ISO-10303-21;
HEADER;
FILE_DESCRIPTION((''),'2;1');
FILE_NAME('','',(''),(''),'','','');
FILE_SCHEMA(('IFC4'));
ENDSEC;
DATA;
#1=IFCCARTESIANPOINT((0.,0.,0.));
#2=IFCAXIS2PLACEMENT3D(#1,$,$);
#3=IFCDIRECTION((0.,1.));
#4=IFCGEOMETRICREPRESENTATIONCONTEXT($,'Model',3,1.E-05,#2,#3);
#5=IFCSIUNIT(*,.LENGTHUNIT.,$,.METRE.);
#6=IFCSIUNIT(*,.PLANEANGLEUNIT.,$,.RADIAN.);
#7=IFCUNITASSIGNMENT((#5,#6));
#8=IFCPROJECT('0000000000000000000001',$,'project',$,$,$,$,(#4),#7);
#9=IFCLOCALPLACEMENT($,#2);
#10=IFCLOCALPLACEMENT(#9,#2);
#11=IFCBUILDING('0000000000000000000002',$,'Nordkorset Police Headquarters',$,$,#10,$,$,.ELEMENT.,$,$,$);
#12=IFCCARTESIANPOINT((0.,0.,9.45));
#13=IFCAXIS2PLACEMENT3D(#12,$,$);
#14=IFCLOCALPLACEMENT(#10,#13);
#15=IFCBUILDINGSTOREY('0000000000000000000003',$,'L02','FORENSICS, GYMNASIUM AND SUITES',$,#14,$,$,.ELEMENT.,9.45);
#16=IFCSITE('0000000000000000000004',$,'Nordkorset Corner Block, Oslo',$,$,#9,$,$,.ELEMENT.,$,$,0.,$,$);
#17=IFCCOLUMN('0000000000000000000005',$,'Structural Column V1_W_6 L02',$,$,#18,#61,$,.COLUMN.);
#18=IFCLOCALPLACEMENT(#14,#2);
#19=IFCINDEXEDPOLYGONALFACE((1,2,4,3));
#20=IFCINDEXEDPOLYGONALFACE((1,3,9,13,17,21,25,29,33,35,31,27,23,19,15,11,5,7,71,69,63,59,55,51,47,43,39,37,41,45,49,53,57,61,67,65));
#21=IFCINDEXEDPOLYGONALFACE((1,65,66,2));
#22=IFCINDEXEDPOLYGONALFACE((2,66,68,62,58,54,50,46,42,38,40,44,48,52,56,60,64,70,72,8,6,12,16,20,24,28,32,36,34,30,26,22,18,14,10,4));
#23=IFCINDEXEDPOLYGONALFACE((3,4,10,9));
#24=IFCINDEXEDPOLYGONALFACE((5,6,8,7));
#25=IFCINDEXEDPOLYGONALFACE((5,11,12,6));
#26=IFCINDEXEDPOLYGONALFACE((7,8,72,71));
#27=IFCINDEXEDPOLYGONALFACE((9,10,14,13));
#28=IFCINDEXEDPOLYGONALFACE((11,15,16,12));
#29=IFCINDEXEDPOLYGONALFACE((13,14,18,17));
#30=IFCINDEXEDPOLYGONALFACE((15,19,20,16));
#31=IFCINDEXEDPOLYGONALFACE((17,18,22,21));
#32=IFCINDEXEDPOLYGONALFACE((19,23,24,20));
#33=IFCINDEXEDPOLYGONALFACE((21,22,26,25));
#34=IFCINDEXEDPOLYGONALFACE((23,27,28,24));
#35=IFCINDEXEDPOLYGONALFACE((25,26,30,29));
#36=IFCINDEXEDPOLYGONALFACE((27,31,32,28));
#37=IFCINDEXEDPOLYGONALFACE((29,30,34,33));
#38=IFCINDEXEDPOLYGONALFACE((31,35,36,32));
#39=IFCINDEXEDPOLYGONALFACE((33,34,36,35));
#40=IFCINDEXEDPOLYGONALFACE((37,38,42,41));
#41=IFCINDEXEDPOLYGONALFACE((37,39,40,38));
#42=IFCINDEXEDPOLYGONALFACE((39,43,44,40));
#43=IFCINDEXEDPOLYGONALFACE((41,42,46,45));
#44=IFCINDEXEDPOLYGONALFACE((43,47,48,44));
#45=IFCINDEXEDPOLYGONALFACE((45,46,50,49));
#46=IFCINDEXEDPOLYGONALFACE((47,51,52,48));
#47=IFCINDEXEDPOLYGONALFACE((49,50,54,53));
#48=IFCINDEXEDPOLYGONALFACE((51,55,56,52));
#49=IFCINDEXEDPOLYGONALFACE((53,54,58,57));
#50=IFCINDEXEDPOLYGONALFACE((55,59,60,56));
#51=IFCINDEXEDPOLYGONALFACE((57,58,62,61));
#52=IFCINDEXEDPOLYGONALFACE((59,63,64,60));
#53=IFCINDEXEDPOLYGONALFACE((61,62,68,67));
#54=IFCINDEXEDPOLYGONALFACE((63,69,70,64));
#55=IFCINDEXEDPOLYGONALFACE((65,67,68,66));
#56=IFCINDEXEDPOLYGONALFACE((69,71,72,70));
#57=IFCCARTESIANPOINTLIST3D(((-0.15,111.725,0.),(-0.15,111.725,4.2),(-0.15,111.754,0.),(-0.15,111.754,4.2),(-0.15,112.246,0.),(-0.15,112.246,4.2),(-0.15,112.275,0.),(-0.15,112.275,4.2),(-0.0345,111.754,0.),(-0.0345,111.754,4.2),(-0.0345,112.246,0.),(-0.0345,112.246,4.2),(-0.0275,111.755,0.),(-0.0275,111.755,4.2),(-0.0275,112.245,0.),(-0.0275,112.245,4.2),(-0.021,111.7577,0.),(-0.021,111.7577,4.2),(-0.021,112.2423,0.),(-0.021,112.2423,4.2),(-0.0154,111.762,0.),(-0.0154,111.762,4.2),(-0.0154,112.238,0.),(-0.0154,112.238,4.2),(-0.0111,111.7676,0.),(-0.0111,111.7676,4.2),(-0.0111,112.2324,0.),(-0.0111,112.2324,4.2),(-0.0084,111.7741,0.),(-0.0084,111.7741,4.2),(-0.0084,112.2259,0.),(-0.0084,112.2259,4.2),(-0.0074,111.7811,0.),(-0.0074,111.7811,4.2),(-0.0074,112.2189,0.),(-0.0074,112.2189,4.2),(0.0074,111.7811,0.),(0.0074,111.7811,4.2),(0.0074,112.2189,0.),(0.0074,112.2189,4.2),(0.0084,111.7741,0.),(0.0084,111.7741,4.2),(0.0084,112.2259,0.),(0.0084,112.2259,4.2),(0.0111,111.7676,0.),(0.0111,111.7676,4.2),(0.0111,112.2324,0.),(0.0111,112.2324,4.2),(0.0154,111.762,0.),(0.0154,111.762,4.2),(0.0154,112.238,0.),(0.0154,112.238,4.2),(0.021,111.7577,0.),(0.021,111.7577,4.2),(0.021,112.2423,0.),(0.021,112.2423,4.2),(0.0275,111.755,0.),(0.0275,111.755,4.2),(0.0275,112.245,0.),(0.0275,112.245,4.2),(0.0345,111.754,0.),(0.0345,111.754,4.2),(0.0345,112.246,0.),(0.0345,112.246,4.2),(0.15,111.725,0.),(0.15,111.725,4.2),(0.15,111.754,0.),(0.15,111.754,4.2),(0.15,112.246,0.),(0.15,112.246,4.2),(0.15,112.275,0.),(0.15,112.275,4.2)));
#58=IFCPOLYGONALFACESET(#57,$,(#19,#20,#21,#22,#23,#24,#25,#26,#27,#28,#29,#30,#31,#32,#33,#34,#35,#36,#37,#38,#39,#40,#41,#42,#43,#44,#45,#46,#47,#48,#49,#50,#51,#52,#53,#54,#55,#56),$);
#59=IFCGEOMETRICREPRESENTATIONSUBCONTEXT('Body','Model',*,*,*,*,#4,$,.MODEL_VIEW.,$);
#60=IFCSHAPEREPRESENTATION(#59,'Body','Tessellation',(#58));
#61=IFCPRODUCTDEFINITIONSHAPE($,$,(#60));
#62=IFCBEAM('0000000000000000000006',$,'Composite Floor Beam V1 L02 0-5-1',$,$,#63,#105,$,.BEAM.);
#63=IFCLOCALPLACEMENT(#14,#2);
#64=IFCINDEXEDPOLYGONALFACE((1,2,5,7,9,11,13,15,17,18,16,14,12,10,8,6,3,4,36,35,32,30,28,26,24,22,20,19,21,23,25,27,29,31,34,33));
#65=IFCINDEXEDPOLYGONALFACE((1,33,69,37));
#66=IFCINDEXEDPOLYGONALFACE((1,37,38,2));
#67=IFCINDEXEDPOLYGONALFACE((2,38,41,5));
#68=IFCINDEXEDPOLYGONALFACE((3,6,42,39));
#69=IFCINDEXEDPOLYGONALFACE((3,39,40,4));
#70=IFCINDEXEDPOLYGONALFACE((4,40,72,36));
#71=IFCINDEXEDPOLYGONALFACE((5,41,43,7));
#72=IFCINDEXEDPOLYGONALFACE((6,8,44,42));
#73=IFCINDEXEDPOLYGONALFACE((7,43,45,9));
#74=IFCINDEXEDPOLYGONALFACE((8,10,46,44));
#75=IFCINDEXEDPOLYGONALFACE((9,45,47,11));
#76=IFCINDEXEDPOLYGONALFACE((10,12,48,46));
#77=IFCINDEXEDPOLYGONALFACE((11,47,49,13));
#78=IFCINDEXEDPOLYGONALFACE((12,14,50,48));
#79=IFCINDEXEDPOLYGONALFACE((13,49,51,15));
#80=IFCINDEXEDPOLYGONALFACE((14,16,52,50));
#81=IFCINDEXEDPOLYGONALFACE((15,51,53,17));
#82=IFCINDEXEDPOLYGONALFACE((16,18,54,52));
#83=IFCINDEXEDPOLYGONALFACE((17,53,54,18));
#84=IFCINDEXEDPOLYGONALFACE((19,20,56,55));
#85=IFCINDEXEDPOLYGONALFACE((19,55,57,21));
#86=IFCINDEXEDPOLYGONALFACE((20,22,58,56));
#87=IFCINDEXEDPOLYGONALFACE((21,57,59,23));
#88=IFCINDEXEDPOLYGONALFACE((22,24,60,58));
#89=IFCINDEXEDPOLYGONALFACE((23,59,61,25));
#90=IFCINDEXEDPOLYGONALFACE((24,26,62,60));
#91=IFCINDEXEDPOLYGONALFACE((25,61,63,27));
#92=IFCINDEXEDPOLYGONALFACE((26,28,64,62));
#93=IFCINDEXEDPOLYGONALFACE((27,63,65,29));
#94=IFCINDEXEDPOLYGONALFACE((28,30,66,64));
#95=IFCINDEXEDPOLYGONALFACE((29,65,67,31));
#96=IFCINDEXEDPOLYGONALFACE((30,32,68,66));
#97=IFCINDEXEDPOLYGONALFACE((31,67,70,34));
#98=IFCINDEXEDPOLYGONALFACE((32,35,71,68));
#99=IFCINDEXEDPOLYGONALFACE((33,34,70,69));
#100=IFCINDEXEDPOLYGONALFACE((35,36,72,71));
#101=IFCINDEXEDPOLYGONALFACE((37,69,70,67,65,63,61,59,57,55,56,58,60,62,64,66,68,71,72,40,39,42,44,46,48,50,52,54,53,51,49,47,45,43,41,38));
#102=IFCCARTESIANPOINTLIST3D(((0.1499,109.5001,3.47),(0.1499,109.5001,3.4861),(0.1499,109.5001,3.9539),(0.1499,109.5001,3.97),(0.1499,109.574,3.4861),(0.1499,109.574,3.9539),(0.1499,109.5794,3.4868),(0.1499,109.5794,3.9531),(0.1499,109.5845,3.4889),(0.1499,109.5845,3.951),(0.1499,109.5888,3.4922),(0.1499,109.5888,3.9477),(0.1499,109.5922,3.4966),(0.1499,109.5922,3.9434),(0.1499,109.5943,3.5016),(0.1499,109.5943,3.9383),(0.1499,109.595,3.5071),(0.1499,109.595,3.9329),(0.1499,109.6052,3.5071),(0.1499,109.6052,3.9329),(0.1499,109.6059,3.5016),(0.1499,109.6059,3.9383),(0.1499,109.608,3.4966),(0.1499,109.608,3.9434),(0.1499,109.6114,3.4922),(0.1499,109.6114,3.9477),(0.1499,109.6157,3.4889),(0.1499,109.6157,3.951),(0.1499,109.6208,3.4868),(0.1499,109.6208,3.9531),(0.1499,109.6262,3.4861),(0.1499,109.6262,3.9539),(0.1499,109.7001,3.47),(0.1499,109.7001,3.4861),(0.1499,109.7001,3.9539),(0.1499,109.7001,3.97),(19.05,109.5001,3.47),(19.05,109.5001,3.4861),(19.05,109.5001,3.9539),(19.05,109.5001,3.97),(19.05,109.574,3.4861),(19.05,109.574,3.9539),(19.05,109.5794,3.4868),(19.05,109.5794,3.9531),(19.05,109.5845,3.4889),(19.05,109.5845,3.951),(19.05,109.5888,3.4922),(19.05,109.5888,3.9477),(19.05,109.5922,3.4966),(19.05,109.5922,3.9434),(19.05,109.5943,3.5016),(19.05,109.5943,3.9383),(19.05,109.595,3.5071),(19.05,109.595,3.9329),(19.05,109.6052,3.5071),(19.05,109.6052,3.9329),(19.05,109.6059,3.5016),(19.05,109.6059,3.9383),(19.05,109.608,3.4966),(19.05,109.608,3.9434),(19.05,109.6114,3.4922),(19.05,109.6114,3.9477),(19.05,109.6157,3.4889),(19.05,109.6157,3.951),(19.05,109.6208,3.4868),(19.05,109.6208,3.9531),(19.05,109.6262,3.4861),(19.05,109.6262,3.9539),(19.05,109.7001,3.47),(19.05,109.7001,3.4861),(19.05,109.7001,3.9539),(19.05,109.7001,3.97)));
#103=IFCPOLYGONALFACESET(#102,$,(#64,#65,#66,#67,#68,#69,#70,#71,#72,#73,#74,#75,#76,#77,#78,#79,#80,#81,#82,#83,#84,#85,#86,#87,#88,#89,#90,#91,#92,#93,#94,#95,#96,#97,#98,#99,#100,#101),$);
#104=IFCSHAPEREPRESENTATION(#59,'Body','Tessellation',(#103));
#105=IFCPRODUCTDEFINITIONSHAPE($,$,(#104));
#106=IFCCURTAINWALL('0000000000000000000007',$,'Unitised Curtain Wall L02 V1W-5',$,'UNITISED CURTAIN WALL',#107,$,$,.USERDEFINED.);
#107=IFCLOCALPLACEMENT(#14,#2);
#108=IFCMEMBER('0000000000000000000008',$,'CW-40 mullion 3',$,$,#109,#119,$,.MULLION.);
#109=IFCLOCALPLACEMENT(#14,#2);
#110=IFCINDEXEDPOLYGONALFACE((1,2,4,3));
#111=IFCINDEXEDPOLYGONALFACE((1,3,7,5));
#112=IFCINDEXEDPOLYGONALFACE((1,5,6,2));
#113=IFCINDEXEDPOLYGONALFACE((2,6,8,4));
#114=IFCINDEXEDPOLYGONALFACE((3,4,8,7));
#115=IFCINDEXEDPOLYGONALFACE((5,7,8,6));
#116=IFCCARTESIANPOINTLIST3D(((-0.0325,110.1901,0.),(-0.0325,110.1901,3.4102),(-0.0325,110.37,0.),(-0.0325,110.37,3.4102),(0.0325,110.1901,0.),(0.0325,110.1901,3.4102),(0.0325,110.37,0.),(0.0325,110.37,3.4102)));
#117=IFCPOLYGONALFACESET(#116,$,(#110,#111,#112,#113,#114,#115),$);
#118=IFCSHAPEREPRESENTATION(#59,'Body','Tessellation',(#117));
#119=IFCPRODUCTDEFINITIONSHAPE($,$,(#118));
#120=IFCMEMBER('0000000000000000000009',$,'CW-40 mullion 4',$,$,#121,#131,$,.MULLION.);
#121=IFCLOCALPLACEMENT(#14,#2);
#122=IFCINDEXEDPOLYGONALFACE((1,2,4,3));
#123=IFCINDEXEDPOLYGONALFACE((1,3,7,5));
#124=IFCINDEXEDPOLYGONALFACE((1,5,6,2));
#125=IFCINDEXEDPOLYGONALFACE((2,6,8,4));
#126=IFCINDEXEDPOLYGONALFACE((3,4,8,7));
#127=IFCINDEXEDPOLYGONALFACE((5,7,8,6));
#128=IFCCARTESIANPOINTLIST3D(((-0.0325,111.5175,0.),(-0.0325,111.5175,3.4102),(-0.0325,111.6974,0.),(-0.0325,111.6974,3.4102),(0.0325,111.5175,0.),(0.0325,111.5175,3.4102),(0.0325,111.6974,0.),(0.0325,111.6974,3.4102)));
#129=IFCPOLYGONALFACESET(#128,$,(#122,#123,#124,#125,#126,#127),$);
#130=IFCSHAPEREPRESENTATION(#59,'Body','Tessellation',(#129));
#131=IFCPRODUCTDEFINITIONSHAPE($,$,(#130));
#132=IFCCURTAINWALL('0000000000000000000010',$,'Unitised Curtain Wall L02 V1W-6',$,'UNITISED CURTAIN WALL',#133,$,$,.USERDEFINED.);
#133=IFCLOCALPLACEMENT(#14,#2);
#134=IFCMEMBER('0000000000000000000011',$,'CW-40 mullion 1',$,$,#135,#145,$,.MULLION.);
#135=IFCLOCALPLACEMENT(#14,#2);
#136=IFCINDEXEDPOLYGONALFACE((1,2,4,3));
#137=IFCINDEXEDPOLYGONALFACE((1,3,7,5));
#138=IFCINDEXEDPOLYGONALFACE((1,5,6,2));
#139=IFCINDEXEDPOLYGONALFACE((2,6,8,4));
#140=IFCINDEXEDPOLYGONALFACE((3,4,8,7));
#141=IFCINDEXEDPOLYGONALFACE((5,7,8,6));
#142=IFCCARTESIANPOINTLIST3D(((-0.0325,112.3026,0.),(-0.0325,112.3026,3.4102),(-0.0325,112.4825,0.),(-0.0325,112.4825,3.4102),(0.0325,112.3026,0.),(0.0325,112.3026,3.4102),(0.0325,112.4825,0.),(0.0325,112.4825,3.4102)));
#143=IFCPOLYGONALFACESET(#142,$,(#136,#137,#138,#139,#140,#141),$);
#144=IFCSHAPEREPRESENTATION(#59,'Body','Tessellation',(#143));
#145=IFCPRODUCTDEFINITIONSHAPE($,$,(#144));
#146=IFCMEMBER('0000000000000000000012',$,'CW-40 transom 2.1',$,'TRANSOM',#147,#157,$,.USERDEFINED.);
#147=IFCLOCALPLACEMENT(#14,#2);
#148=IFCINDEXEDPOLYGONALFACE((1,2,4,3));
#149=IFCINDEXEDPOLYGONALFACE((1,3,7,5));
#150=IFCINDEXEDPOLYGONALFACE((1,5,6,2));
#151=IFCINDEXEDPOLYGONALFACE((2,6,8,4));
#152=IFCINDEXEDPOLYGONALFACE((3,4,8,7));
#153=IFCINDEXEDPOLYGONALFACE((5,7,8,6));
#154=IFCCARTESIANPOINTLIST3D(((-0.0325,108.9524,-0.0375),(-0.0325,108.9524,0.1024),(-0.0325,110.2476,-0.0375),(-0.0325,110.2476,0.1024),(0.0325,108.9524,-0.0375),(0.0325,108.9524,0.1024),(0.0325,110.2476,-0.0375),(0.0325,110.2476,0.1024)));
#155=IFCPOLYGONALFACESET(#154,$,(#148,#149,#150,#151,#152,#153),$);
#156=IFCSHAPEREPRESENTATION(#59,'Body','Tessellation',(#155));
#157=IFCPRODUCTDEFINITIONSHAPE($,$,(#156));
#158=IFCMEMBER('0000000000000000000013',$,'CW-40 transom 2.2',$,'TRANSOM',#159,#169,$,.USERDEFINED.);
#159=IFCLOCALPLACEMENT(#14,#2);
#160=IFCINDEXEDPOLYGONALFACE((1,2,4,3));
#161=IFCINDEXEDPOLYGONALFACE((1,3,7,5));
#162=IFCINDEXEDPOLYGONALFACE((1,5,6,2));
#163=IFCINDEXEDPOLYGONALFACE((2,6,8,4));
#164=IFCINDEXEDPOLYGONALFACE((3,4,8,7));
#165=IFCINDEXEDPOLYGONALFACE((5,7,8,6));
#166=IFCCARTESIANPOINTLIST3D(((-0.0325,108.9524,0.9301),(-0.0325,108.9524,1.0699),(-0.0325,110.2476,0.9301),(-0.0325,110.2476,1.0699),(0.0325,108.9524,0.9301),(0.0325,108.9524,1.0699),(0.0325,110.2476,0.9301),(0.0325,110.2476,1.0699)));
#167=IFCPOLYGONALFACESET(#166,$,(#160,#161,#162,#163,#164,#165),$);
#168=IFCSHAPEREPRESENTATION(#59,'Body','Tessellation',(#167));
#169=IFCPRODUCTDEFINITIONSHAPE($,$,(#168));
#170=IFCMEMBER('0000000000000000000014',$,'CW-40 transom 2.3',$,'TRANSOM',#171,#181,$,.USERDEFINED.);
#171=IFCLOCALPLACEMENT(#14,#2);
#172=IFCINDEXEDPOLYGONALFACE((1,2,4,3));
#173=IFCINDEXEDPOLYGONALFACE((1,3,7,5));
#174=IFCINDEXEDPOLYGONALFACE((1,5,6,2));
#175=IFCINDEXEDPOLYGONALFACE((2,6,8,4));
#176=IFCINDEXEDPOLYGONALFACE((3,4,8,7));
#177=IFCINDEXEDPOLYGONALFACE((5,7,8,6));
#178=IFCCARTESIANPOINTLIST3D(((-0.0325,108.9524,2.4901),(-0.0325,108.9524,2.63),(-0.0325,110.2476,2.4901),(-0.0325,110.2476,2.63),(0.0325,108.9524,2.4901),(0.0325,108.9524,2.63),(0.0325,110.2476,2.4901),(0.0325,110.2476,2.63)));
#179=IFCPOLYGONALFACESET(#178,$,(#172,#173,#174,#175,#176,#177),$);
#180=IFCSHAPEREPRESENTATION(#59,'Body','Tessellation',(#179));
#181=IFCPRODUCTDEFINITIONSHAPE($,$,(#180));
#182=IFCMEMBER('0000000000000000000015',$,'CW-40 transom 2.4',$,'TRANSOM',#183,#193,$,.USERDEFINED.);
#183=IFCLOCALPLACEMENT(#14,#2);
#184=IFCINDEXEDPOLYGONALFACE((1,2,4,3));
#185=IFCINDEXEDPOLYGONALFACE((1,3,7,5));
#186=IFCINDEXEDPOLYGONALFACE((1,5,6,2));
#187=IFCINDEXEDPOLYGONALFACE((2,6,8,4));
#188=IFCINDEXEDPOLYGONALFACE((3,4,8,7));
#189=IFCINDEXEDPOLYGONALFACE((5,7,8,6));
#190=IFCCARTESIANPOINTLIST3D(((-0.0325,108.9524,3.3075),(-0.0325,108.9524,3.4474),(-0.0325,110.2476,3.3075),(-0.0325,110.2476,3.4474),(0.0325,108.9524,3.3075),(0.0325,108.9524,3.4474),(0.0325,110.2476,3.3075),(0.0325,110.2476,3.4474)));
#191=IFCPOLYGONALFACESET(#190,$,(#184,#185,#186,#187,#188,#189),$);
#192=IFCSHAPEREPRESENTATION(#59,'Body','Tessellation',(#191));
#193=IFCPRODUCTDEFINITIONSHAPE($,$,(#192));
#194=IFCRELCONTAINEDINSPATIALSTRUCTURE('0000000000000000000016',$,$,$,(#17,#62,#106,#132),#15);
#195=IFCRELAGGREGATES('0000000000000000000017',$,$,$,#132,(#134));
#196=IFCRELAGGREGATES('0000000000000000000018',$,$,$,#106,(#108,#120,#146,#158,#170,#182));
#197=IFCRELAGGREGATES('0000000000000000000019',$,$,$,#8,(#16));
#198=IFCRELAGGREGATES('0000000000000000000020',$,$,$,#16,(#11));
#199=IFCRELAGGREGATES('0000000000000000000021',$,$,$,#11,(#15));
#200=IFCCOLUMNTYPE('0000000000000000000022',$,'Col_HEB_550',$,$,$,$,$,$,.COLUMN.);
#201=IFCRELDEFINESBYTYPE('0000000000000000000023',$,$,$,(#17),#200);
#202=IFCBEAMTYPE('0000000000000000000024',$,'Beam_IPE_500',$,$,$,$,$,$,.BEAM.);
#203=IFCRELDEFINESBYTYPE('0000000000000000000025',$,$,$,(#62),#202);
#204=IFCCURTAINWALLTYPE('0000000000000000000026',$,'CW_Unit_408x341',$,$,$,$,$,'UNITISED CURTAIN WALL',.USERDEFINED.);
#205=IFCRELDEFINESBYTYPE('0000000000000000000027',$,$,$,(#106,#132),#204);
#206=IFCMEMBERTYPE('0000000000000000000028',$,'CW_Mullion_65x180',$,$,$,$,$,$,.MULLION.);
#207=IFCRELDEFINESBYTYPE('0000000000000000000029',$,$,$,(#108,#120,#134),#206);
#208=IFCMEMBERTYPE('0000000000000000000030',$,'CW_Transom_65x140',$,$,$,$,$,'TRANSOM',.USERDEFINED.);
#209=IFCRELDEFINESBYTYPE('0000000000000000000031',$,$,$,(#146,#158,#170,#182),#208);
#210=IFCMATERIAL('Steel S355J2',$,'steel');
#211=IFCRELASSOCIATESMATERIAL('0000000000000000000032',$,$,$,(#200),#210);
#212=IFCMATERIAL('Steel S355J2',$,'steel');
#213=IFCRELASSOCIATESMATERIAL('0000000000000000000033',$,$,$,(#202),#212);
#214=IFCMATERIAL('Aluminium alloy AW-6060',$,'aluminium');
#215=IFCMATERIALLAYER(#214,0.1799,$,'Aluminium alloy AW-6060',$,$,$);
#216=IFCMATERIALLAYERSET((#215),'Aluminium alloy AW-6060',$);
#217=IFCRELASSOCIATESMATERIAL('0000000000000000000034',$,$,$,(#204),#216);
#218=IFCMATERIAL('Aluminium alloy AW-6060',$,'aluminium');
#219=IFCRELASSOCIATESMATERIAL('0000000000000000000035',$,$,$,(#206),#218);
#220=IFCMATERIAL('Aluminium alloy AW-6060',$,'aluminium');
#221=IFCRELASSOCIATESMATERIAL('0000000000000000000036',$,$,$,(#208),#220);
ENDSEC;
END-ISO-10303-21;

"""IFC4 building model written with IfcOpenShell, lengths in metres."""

from ifc_helpers import new_model, si_unit, direction, frame, origin, origin_2d, place, context, subcontext, project, spatial, rectangle, i_section, extrude, material, layer, layer_set, material_profile, profile_set, type_object, element, aggregate, save


model = new_model("IFC4")

# Units and contexts
model_context = context("Model", 3, precision=1e-05, world=origin(), true_north=direction((0.0, 1.0)))
body_context = subcontext(model_context, "Body", "Model", "MODEL_VIEW")
ifc_project = project(units=[si_unit("LENGTHUNIT", "METRE"), si_unit("PLANEANGLEUNIT", "RADIAN")], contexts=[model_context])

# Site, building, storey
site_placement = place(None, origin())
site = spatial("IfcSite", under=ifc_project, at=site_placement, Name="Nordkorset Corner Block, Oslo", CompositionType="ELEMENT", RefElevation=0.0)
building_placement = place(site_placement, origin())
building = spatial("IfcBuilding", under=site, at=building_placement, Name="Nordkorset Police Headquarters", CompositionType="ELEMENT")
storey_placement = place(building_placement, frame((0.0, 0.0, 9.45)))
storey = spatial("IfcBuildingStorey", under=building, at=storey_placement, Name="L02", Description="FORENSICS, GYMNASIUM AND SUITES", CompositionType="ELEMENT", Elevation=9.45)

# Column
ifc_material_1 = material(Name="Steel S355J2", Category="steel")
ifc_material_profile_1 = material_profile(ifc_material_1, i_section(OverallWidth=0.3, OverallDepth=0.55, WebThickness=0.0149, FlangeThickness=0.0291, FilletRadius=0.0271, at=origin_2d()), Name="HEB 550")
ifc_profile_set_1 = profile_set([ifc_material_profile_1], Name="Steel S355J2")
column_type = type_object("IfcColumnType", Name="Col_HEB_550", PredefinedType="COLUMN", material=ifc_profile_set_1)
column_placement = place(storey_placement, frame((0.0, 112.0, 0.0), z_axis=(0.0, 0.0, 1.0), x_axis=(1.0, 0.0, 0.0)))
element("IfcColumn", 1, at=column_placement, inside=storey, type_object=column_type, Name="Structural Column V1_W_6 L02", PredefinedType="COLUMN", context=body_context, shape_type="SweptSolid", body=[
    extrude(i_section(OverallWidth=0.3, OverallDepth=0.55, WebThickness=0.0149, FlangeThickness=0.0291, FilletRadius=0.0271, at=origin_2d()), origin(), (0.0, 0.0, 1.0), 4.2),
])

# Beam
ifc_material_2 = material(Name="Steel S355J2", Category="steel")
ifc_material_profile_2 = material_profile(ifc_material_2, i_section(OverallWidth=0.2, OverallDepth=0.5, WebThickness=0.0103, FlangeThickness=0.0161, FilletRadius=0.021, at=origin_2d()), Name="IPE 500")
ifc_profile_set_2 = profile_set([ifc_material_profile_2], Name="Steel S355J2")
beam_type_1 = type_object("IfcBeamType", Name="Beam_IPE_500", PredefinedType="BEAM", material=ifc_profile_set_2)
beam_1_placement = place(storey_placement, frame((0.1499, 109.6001, 3.72), z_axis=(1.0, 0.0, 0.0), x_axis=(0.0, 1.0, 0.0)))
element("IfcBeam", 2, at=beam_1_placement, inside=storey, type_object=beam_type_1, Name="Composite Floor Beam V1 L02 0-5-1", PredefinedType="BEAM", context=body_context, shape_type="SweptSolid", body=[
    extrude(i_section(OverallWidth=0.2, OverallDepth=0.5, WebThickness=0.0103, FlangeThickness=0.0161, FilletRadius=0.021, at=origin_2d()), origin(), (0.0, 0.0, 1.0), 18.9001),
])

# Curtain wall, members
ifc_material_3 = material(Name="Aluminium alloy AW-6060", Category="aluminium")
ifc_layer_1 = layer(ifc_material_3, 0.1799, Name="Aluminium alloy AW-6060")
ifc_layer_set_1 = layer_set([ifc_layer_1], Name="Aluminium alloy AW-6060")
curtain_wall_type = type_object("IfcCurtainWallType", Name="CW_Unit_408x341", ElementType="UNITISED CURTAIN WALL", PredefinedType="USERDEFINED", material=ifc_layer_set_1)
curtain_wall_1_placement = place(storey_placement, origin())
curtain_wall_1 = element("IfcCurtainWall", 3, at=curtain_wall_1_placement, inside=storey, type_object=curtain_wall_type, Name="Unitised Curtain Wall L02 V1W-5", ObjectType="UNITISED CURTAIN WALL", PredefinedType="USERDEFINED")
ifc_material_4 = material(Name="Aluminium alloy AW-6060", Category="aluminium")
ifc_material_profile_3 = material_profile(ifc_material_4, rectangle(XDim=0.0649, YDim=0.1799, at=origin_2d()), Name="ALU MULL 65x180")
ifc_profile_set_3 = profile_set([ifc_material_profile_3], Name="Aluminium alloy AW-6060")
member_type_1 = type_object("IfcMemberType", Name="CW_Mullion_65x180", PredefinedType="MULLION", material=ifc_profile_set_3)
member_1_placement = place(storey_placement, frame((0.0, 110.28, 0.0), z_axis=(0.0, 0.0, 1.0), x_axis=(-1.0, 0.0, 0.0)))
member_1 = element("IfcMember", 4, at=member_1_placement, type_object=member_type_1, Name="CW-40 mullion 3", PredefinedType="MULLION", context=body_context, shape_type="SweptSolid", body=[
    extrude(rectangle(XDim=0.0649, YDim=0.1799, at=origin_2d()), origin(), (0.0, 0.0, 1.0), 3.4102),
])
member_2_placement = place(storey_placement, frame((0.0, 111.6074, 0.0), z_axis=(0.0, 0.0, 1.0), x_axis=(-1.0, 0.0, 0.0)))
member_2 = element("IfcMember", 5, at=member_2_placement, type_object=member_type_1, Name="CW-40 mullion 4", PredefinedType="MULLION", context=body_context, shape_type="SweptSolid", body=[
    extrude(rectangle(XDim=0.0649, YDim=0.1799, at=origin_2d()), origin(), (0.0, 0.0, 1.0), 3.4102),
])

# Curtain wall, member
curtain_wall_2_placement = place(storey_placement, origin())
curtain_wall_2 = element("IfcCurtainWall", 6, at=curtain_wall_2_placement, inside=storey, type_object=curtain_wall_type, Name="Unitised Curtain Wall L02 V1W-6", ObjectType="UNITISED CURTAIN WALL", PredefinedType="USERDEFINED")
member_3_placement = place(storey_placement, frame((0.0, 112.3926, 0.0), z_axis=(0.0, 0.0, 1.0), x_axis=(-1.0, 0.0, 0.0)))
member_3 = element("IfcMember", 7, at=member_3_placement, type_object=member_type_1, Name="CW-40 mullion 1", PredefinedType="MULLION", context=body_context, shape_type="SweptSolid", body=[
    extrude(rectangle(XDim=0.0649, YDim=0.1799, at=origin_2d()), origin(), (0.0, 0.0, 1.0), 3.4102),
])

# Members
ifc_material_5 = material(Name="Aluminium alloy AW-6060", Category="aluminium")
ifc_material_profile_4 = material_profile(ifc_material_5, rectangle(XDim=0.0649, YDim=0.1399, at=origin_2d()), Name="ALU TRAN 65x140")
ifc_profile_set_4 = profile_set([ifc_material_profile_4], Name="Aluminium alloy AW-6060")
member_type_2 = type_object("IfcMemberType", Name="CW_Transom_65x140", ElementType="TRANSOM", PredefinedType="USERDEFINED", material=ifc_profile_set_4)
member_4_placement = place(storey_placement, frame((0.0, 108.9524, 0.0325), z_axis=(0.0, 1.0, 0.0), x_axis=(-1.0, 0.0, 0.0)))
member_4 = element("IfcMember", 8, at=member_4_placement, type_object=member_type_2, Name="CW-40 transom 2.1", ObjectType="TRANSOM", PredefinedType="USERDEFINED", context=body_context, shape_type="SweptSolid", body=[
    extrude(rectangle(XDim=0.0649, YDim=0.1399, at=origin_2d()), origin(), (0.0, 0.0, 1.0), 1.2952),
])
member_5_placement = place(storey_placement, frame((0.0, 108.9524, 1.0), z_axis=(0.0, 1.0, 0.0), x_axis=(-1.0, 0.0, 0.0)))
member_5 = element("IfcMember", 9, at=member_5_placement, type_object=member_type_2, Name="CW-40 transom 2.2", ObjectType="TRANSOM", PredefinedType="USERDEFINED", context=body_context, shape_type="SweptSolid", body=[
    extrude(rectangle(XDim=0.0649, YDim=0.1399, at=origin_2d()), origin(), (0.0, 0.0, 1.0), 1.2952),
])
member_6_placement = place(storey_placement, frame((0.0, 108.9524, 2.5601), z_axis=(0.0, 1.0, 0.0), x_axis=(-1.0, 0.0, 0.0)))
member_6 = element("IfcMember", 10, at=member_6_placement, type_object=member_type_2, Name="CW-40 transom 2.3", ObjectType="TRANSOM", PredefinedType="USERDEFINED", context=body_context, shape_type="SweptSolid", body=[
    extrude(rectangle(XDim=0.0649, YDim=0.1399, at=origin_2d()), origin(), (0.0, 0.0, 1.0), 1.2952),
])
member_7_placement = place(storey_placement, frame((0.0, 108.9524, 3.3774), z_axis=(0.0, 1.0, 0.0), x_axis=(-1.0, 0.0, 0.0)))
member_7 = element("IfcMember", 11, at=member_7_placement, type_object=member_type_2, Name="CW-40 transom 2.4", ObjectType="TRANSOM", PredefinedType="USERDEFINED", context=body_context, shape_type="SweptSolid", body=[
    extrude(rectangle(XDim=0.0649, YDim=0.1399, at=origin_2d()), origin(), (0.0, 0.0, 1.0), 1.2952),
])
aggregate(curtain_wall_2, [member_3])

aggregate(curtain_wall_1, [member_1, member_2, member_4, member_5, member_6, member_7])

save(model, "model.ifc")
